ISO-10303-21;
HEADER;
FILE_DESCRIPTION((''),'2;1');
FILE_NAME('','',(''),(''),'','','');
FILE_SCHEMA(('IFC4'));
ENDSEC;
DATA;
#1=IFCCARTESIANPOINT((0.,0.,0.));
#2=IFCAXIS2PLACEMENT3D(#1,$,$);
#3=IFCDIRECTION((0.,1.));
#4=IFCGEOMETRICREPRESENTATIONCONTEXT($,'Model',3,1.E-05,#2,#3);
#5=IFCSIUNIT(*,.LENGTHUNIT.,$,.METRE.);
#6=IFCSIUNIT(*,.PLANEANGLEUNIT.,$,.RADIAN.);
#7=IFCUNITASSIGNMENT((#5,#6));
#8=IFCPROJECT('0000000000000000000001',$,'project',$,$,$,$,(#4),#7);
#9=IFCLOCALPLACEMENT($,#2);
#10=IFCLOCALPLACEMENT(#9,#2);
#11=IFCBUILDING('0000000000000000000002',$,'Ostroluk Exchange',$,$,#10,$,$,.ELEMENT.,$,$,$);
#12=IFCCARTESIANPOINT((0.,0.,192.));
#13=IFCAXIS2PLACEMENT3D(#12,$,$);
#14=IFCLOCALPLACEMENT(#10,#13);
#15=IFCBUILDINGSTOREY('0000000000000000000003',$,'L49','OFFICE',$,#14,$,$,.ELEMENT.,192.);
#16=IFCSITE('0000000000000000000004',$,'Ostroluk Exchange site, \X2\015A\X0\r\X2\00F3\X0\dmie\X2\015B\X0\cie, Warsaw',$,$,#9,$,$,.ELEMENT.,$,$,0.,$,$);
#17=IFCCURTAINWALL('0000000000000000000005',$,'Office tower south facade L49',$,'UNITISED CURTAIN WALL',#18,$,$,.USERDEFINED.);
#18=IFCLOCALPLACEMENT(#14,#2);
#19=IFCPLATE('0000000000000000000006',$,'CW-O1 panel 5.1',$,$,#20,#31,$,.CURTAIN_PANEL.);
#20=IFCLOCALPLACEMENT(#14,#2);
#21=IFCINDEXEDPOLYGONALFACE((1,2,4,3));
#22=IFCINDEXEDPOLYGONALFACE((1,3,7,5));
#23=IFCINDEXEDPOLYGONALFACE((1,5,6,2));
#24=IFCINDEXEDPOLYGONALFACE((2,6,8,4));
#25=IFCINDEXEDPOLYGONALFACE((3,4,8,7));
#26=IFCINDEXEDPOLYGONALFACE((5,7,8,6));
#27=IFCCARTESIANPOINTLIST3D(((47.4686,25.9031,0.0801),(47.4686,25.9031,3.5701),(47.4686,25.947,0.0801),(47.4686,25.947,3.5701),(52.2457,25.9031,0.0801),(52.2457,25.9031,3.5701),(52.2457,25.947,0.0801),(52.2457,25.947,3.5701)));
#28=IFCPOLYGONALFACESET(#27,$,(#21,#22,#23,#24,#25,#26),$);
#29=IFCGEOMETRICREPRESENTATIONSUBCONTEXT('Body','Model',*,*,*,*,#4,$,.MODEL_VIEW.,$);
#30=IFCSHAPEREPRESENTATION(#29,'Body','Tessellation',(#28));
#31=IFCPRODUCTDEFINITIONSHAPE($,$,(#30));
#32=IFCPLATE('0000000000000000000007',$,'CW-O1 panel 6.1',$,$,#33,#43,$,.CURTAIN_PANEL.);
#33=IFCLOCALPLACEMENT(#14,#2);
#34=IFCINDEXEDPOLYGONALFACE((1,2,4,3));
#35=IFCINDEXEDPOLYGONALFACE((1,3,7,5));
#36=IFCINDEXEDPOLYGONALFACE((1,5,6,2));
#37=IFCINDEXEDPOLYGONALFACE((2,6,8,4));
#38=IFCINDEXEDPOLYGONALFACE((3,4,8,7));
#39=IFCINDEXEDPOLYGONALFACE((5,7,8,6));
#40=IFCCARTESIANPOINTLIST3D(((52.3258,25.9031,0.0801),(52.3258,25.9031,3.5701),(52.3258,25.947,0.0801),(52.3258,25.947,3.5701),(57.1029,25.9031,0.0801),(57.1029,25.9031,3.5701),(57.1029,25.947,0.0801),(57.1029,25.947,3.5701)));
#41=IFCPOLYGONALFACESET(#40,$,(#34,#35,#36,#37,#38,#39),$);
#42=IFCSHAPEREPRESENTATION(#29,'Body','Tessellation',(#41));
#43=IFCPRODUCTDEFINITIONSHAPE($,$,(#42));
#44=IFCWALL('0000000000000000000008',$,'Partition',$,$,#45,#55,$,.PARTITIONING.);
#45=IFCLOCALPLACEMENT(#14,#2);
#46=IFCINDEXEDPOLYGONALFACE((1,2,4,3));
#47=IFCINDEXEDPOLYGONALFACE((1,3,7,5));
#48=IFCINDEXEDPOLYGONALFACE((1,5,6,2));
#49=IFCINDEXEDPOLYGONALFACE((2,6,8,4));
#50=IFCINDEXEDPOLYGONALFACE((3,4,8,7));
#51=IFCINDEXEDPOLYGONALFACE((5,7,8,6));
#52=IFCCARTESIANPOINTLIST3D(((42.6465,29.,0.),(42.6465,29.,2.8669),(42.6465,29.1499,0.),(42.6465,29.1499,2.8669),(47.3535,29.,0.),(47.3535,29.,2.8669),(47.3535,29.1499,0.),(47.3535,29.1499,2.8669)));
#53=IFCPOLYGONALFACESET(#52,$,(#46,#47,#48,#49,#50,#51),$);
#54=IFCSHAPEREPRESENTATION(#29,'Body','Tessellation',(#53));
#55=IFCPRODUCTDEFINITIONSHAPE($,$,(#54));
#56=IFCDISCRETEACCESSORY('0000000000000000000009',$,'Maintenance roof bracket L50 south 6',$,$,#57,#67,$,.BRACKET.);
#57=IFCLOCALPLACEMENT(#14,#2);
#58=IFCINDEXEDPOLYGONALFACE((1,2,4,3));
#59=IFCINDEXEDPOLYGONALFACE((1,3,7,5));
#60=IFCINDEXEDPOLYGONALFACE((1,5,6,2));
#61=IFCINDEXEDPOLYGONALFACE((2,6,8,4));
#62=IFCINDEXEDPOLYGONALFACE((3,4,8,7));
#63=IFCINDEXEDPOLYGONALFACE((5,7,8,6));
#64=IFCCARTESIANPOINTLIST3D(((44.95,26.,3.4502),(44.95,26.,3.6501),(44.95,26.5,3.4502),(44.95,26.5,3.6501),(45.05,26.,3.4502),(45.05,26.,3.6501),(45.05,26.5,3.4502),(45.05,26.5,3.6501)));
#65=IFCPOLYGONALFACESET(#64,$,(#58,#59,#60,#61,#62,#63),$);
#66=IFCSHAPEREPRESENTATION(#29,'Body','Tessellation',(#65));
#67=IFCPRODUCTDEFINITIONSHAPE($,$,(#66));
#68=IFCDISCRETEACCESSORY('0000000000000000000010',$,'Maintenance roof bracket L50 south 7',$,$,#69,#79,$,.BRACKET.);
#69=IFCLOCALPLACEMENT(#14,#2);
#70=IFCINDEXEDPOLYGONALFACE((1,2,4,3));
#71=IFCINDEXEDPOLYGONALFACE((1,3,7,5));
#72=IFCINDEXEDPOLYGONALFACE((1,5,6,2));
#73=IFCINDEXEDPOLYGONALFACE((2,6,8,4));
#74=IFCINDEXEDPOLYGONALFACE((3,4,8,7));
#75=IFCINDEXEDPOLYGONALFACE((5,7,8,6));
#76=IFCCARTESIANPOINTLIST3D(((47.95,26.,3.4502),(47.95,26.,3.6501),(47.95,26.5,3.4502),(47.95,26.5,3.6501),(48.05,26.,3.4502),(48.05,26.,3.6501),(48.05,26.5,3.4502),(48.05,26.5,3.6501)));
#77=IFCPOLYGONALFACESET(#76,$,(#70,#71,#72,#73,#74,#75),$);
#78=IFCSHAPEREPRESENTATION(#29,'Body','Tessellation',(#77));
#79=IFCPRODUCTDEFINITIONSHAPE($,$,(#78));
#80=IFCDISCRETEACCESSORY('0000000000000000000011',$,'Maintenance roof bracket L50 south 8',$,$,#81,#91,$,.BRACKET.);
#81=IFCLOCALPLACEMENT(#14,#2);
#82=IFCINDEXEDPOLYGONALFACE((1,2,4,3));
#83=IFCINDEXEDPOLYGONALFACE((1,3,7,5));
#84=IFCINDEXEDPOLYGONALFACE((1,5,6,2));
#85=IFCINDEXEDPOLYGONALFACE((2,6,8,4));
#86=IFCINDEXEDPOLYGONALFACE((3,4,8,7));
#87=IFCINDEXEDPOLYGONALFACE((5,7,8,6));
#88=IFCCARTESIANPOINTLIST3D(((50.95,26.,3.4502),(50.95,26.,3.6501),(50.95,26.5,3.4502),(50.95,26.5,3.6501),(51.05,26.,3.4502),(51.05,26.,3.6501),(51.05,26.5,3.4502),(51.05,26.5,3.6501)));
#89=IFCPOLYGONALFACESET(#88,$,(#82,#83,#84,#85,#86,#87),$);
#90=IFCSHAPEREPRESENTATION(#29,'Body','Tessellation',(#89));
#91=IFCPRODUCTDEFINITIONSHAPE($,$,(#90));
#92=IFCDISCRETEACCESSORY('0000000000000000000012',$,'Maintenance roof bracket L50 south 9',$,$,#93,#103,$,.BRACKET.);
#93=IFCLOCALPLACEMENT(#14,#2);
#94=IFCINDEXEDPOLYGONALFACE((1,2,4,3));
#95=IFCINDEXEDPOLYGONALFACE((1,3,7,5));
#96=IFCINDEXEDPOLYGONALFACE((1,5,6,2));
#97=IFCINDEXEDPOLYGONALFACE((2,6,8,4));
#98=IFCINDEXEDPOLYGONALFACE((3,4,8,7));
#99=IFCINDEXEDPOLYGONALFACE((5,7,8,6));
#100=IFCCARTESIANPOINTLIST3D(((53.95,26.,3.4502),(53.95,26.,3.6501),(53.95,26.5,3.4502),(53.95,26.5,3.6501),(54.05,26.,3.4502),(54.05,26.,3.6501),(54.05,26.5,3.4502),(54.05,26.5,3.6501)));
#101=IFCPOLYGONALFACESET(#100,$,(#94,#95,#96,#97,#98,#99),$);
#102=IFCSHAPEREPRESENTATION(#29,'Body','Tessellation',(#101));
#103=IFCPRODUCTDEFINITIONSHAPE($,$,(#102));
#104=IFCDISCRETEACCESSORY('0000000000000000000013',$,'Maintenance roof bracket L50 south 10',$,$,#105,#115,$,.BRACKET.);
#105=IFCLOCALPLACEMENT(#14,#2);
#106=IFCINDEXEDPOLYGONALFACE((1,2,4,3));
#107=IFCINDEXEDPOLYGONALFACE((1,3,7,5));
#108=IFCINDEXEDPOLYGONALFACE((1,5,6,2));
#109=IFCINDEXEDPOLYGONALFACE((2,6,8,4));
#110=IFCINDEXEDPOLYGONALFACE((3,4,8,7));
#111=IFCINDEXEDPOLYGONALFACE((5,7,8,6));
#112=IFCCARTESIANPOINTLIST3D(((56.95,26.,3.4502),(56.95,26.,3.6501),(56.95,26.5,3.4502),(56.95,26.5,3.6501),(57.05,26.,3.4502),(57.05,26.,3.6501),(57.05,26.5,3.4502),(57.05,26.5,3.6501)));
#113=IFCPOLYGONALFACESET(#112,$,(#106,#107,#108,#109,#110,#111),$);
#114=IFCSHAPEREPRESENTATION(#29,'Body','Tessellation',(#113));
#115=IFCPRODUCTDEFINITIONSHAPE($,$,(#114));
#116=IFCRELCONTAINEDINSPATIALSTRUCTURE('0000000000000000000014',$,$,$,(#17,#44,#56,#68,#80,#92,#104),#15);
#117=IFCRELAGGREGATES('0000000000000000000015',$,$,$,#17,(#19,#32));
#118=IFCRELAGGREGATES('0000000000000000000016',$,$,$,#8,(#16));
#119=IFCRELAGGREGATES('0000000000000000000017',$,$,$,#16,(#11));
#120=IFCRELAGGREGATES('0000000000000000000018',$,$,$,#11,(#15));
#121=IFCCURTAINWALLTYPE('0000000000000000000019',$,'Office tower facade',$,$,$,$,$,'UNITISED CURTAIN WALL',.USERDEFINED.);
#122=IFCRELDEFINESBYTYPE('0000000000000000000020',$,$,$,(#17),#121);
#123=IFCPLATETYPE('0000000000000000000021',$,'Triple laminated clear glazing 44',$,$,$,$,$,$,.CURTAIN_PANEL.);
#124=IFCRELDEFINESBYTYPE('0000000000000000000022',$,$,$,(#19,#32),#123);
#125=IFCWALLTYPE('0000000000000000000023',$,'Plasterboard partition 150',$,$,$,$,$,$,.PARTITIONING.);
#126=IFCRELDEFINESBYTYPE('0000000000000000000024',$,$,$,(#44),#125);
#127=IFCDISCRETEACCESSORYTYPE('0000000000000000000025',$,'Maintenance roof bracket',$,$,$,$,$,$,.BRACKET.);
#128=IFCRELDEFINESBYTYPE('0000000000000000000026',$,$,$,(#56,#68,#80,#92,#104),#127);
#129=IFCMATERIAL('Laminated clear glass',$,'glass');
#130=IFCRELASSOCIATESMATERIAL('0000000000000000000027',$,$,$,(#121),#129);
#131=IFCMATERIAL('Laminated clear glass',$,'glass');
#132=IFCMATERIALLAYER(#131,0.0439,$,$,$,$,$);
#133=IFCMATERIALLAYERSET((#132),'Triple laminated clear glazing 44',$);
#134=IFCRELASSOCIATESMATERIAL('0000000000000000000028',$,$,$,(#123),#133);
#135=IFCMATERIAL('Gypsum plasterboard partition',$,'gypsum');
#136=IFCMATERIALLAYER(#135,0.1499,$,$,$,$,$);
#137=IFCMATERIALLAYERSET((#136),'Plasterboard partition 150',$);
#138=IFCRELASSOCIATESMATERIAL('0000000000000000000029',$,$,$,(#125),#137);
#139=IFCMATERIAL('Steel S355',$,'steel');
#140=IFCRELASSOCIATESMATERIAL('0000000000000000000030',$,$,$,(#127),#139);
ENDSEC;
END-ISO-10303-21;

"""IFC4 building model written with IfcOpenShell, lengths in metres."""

from ifc_helpers import new_model, si_unit, direction, frame, frame_2d, origin, origin_2d, place, context, subcontext, project, spatial, rectangle, extrude, material, layer, layer_set, type_object, element, aggregate, save


model = new_model("IFC4")

# Units and contexts
model_context = context("Model", 3, precision=1e-05, world=origin(), true_north=direction((0.0, 1.0)))
body_context = subcontext(model_context, "Body", "Model", "MODEL_VIEW")
ifc_project = project(units=[si_unit("LENGTHUNIT", "METRE"), si_unit("PLANEANGLEUNIT", "RADIAN")], contexts=[model_context])

# Site, building, storey
site_placement = place(None, origin())
site = spatial("IfcSite", under=ifc_project, at=site_placement, Name="Ostroluk Exchange site, Śródmieście, Warsaw", CompositionType="ELEMENT", RefElevation=0.0)
building_placement = place(site_placement, origin())
building = spatial("IfcBuilding", under=site, at=building_placement, Name="Ostroluk Exchange", CompositionType="ELEMENT")
storey_placement = place(building_placement, frame((0.0, 0.0, 192.0)))
storey = spatial("IfcBuildingStorey", under=building, at=storey_placement, Name="L49", Description="OFFICE", CompositionType="ELEMENT", Elevation=192.0)

# Curtain wall, plates
ifc_material_1 = material(Name="Laminated clear glass", Category="glass")
curtain_wall_type = type_object("IfcCurtainWallType", Name="Office tower facade", ElementType="UNITISED CURTAIN WALL", PredefinedType="USERDEFINED", material=ifc_material_1)
curtain_wall_placement = place(storey_placement, origin())
curtain_wall = element("IfcCurtainWall", 1, at=curtain_wall_placement, inside=storey, type_object=curtain_wall_type, Name="Office tower south facade L49", ObjectType="UNITISED CURTAIN WALL", PredefinedType="USERDEFINED")
ifc_material_2 = material(Name="Laminated clear glass", Category="glass")
ifc_layer_1 = layer(ifc_material_2, 0.0439)
ifc_layer_set_1 = layer_set([ifc_layer_1], Name="Triple laminated clear glazing 44")
plate_type = type_object("IfcPlateType", Name="Triple laminated clear glazing 44", PredefinedType="CURTAIN_PANEL", material=ifc_layer_set_1)
plate_1_placement = place(storey_placement, frame((49.8572, 25.925, 0.0801), z_axis=(0.0, 0.0, 1.0), x_axis=(1.0, 0.0, 0.0)))
plate_1 = element("IfcPlate", 2, at=plate_1_placement, type_object=plate_type, Name="CW-O1 panel 5.1", PredefinedType="CURTAIN_PANEL", context=body_context, shape_type="SweptSolid", body=[
    extrude(rectangle(XDim=4.7771, YDim=0.0439, at=origin_2d()), origin(), (0.0, 0.0, 1.0), 3.49),
])
plate_2_placement = place(storey_placement, frame((54.7144, 25.925, 0.0801), z_axis=(0.0, 0.0, 1.0), x_axis=(1.0, 0.0, 0.0)))
plate_2 = element("IfcPlate", 3, at=plate_2_placement, type_object=plate_type, Name="CW-O1 panel 6.1", PredefinedType="CURTAIN_PANEL", context=body_context, shape_type="SweptSolid", body=[
    extrude(rectangle(XDim=4.7771, YDim=0.0439, at=origin_2d()), origin(), (0.0, 0.0, 1.0), 3.49),
])
aggregate(curtain_wall, [plate_1, plate_2])

# Wall
ifc_material_3 = material(Name="Gypsum plasterboard partition", Category="gypsum")
ifc_layer_2 = layer(ifc_material_3, 0.1499)
ifc_layer_set_2 = layer_set([ifc_layer_2], Name="Plasterboard partition 150")
wall_type = type_object("IfcWallType", Name="Plasterboard partition 150", PredefinedType="PARTITIONING", material=ifc_layer_set_2)
wall_placement = place(storey_placement, frame((42.6465, 29.075, 0.0), z_axis=(0.0, 0.0, 1.0), x_axis=(1.0, 0.0, 0.0)))
element("IfcWall", 4, at=wall_placement, inside=storey, type_object=wall_type, Name="Partition", PredefinedType="PARTITIONING", context=body_context, shape_type="SweptSolid", body=[
    extrude(rectangle(XDim=4.707, YDim=0.1499, at=frame_2d((2.3535, 0.0))), origin(), (0.0, 0.0, 1.0), 2.8669),
])

# Discrete accessories
ifc_material_4 = material(Name="Steel S355", Category="steel")
discrete_accessory_type = type_object("IfcDiscreteAccessoryType", Name="Maintenance roof bracket", PredefinedType="BRACKET", material=ifc_material_4)
for number, where, z_axis, x_axis, name in (
    (5, (45.0, 26.25, 3.4502), (0.0, 0.0, 1.0), (1.0, 0.0, 0.0), "Maintenance roof bracket L50 south 6"),
    (6, (48.0, 26.25, 3.4502), (0.0, 0.0, 1.0), (1.0, 0.0, 0.0), "Maintenance roof bracket L50 south 7"),
    (7, (51.0, 26.25, 3.4502), (0.0, 0.0, 1.0), (1.0, 0.0, 0.0), "Maintenance roof bracket L50 south 8"),
    (8, (54.0, 26.25, 3.4502), (0.0, 0.0, 1.0), (1.0, 0.0, 0.0), "Maintenance roof bracket L50 south 9"),
    (9, (57.0, 26.25, 3.4502), (0.0, 0.0, 1.0), (1.0, 0.0, 0.0), "Maintenance roof bracket L50 south 10"),
):
    element("IfcDiscreteAccessory", number, at=place(storey_placement, frame(where, z_axis=z_axis, x_axis=x_axis)), inside=storey, type_object=discrete_accessory_type, Name=name, PredefinedType="BRACKET", context=body_context, shape_type="SweptSolid", body=[
        extrude(rectangle(XDim=0.1001, YDim=0.5, at=origin_2d()), origin(), (0.0, 0.0, 1.0), 0.2),
    ])

save(model, "model.ifc")
